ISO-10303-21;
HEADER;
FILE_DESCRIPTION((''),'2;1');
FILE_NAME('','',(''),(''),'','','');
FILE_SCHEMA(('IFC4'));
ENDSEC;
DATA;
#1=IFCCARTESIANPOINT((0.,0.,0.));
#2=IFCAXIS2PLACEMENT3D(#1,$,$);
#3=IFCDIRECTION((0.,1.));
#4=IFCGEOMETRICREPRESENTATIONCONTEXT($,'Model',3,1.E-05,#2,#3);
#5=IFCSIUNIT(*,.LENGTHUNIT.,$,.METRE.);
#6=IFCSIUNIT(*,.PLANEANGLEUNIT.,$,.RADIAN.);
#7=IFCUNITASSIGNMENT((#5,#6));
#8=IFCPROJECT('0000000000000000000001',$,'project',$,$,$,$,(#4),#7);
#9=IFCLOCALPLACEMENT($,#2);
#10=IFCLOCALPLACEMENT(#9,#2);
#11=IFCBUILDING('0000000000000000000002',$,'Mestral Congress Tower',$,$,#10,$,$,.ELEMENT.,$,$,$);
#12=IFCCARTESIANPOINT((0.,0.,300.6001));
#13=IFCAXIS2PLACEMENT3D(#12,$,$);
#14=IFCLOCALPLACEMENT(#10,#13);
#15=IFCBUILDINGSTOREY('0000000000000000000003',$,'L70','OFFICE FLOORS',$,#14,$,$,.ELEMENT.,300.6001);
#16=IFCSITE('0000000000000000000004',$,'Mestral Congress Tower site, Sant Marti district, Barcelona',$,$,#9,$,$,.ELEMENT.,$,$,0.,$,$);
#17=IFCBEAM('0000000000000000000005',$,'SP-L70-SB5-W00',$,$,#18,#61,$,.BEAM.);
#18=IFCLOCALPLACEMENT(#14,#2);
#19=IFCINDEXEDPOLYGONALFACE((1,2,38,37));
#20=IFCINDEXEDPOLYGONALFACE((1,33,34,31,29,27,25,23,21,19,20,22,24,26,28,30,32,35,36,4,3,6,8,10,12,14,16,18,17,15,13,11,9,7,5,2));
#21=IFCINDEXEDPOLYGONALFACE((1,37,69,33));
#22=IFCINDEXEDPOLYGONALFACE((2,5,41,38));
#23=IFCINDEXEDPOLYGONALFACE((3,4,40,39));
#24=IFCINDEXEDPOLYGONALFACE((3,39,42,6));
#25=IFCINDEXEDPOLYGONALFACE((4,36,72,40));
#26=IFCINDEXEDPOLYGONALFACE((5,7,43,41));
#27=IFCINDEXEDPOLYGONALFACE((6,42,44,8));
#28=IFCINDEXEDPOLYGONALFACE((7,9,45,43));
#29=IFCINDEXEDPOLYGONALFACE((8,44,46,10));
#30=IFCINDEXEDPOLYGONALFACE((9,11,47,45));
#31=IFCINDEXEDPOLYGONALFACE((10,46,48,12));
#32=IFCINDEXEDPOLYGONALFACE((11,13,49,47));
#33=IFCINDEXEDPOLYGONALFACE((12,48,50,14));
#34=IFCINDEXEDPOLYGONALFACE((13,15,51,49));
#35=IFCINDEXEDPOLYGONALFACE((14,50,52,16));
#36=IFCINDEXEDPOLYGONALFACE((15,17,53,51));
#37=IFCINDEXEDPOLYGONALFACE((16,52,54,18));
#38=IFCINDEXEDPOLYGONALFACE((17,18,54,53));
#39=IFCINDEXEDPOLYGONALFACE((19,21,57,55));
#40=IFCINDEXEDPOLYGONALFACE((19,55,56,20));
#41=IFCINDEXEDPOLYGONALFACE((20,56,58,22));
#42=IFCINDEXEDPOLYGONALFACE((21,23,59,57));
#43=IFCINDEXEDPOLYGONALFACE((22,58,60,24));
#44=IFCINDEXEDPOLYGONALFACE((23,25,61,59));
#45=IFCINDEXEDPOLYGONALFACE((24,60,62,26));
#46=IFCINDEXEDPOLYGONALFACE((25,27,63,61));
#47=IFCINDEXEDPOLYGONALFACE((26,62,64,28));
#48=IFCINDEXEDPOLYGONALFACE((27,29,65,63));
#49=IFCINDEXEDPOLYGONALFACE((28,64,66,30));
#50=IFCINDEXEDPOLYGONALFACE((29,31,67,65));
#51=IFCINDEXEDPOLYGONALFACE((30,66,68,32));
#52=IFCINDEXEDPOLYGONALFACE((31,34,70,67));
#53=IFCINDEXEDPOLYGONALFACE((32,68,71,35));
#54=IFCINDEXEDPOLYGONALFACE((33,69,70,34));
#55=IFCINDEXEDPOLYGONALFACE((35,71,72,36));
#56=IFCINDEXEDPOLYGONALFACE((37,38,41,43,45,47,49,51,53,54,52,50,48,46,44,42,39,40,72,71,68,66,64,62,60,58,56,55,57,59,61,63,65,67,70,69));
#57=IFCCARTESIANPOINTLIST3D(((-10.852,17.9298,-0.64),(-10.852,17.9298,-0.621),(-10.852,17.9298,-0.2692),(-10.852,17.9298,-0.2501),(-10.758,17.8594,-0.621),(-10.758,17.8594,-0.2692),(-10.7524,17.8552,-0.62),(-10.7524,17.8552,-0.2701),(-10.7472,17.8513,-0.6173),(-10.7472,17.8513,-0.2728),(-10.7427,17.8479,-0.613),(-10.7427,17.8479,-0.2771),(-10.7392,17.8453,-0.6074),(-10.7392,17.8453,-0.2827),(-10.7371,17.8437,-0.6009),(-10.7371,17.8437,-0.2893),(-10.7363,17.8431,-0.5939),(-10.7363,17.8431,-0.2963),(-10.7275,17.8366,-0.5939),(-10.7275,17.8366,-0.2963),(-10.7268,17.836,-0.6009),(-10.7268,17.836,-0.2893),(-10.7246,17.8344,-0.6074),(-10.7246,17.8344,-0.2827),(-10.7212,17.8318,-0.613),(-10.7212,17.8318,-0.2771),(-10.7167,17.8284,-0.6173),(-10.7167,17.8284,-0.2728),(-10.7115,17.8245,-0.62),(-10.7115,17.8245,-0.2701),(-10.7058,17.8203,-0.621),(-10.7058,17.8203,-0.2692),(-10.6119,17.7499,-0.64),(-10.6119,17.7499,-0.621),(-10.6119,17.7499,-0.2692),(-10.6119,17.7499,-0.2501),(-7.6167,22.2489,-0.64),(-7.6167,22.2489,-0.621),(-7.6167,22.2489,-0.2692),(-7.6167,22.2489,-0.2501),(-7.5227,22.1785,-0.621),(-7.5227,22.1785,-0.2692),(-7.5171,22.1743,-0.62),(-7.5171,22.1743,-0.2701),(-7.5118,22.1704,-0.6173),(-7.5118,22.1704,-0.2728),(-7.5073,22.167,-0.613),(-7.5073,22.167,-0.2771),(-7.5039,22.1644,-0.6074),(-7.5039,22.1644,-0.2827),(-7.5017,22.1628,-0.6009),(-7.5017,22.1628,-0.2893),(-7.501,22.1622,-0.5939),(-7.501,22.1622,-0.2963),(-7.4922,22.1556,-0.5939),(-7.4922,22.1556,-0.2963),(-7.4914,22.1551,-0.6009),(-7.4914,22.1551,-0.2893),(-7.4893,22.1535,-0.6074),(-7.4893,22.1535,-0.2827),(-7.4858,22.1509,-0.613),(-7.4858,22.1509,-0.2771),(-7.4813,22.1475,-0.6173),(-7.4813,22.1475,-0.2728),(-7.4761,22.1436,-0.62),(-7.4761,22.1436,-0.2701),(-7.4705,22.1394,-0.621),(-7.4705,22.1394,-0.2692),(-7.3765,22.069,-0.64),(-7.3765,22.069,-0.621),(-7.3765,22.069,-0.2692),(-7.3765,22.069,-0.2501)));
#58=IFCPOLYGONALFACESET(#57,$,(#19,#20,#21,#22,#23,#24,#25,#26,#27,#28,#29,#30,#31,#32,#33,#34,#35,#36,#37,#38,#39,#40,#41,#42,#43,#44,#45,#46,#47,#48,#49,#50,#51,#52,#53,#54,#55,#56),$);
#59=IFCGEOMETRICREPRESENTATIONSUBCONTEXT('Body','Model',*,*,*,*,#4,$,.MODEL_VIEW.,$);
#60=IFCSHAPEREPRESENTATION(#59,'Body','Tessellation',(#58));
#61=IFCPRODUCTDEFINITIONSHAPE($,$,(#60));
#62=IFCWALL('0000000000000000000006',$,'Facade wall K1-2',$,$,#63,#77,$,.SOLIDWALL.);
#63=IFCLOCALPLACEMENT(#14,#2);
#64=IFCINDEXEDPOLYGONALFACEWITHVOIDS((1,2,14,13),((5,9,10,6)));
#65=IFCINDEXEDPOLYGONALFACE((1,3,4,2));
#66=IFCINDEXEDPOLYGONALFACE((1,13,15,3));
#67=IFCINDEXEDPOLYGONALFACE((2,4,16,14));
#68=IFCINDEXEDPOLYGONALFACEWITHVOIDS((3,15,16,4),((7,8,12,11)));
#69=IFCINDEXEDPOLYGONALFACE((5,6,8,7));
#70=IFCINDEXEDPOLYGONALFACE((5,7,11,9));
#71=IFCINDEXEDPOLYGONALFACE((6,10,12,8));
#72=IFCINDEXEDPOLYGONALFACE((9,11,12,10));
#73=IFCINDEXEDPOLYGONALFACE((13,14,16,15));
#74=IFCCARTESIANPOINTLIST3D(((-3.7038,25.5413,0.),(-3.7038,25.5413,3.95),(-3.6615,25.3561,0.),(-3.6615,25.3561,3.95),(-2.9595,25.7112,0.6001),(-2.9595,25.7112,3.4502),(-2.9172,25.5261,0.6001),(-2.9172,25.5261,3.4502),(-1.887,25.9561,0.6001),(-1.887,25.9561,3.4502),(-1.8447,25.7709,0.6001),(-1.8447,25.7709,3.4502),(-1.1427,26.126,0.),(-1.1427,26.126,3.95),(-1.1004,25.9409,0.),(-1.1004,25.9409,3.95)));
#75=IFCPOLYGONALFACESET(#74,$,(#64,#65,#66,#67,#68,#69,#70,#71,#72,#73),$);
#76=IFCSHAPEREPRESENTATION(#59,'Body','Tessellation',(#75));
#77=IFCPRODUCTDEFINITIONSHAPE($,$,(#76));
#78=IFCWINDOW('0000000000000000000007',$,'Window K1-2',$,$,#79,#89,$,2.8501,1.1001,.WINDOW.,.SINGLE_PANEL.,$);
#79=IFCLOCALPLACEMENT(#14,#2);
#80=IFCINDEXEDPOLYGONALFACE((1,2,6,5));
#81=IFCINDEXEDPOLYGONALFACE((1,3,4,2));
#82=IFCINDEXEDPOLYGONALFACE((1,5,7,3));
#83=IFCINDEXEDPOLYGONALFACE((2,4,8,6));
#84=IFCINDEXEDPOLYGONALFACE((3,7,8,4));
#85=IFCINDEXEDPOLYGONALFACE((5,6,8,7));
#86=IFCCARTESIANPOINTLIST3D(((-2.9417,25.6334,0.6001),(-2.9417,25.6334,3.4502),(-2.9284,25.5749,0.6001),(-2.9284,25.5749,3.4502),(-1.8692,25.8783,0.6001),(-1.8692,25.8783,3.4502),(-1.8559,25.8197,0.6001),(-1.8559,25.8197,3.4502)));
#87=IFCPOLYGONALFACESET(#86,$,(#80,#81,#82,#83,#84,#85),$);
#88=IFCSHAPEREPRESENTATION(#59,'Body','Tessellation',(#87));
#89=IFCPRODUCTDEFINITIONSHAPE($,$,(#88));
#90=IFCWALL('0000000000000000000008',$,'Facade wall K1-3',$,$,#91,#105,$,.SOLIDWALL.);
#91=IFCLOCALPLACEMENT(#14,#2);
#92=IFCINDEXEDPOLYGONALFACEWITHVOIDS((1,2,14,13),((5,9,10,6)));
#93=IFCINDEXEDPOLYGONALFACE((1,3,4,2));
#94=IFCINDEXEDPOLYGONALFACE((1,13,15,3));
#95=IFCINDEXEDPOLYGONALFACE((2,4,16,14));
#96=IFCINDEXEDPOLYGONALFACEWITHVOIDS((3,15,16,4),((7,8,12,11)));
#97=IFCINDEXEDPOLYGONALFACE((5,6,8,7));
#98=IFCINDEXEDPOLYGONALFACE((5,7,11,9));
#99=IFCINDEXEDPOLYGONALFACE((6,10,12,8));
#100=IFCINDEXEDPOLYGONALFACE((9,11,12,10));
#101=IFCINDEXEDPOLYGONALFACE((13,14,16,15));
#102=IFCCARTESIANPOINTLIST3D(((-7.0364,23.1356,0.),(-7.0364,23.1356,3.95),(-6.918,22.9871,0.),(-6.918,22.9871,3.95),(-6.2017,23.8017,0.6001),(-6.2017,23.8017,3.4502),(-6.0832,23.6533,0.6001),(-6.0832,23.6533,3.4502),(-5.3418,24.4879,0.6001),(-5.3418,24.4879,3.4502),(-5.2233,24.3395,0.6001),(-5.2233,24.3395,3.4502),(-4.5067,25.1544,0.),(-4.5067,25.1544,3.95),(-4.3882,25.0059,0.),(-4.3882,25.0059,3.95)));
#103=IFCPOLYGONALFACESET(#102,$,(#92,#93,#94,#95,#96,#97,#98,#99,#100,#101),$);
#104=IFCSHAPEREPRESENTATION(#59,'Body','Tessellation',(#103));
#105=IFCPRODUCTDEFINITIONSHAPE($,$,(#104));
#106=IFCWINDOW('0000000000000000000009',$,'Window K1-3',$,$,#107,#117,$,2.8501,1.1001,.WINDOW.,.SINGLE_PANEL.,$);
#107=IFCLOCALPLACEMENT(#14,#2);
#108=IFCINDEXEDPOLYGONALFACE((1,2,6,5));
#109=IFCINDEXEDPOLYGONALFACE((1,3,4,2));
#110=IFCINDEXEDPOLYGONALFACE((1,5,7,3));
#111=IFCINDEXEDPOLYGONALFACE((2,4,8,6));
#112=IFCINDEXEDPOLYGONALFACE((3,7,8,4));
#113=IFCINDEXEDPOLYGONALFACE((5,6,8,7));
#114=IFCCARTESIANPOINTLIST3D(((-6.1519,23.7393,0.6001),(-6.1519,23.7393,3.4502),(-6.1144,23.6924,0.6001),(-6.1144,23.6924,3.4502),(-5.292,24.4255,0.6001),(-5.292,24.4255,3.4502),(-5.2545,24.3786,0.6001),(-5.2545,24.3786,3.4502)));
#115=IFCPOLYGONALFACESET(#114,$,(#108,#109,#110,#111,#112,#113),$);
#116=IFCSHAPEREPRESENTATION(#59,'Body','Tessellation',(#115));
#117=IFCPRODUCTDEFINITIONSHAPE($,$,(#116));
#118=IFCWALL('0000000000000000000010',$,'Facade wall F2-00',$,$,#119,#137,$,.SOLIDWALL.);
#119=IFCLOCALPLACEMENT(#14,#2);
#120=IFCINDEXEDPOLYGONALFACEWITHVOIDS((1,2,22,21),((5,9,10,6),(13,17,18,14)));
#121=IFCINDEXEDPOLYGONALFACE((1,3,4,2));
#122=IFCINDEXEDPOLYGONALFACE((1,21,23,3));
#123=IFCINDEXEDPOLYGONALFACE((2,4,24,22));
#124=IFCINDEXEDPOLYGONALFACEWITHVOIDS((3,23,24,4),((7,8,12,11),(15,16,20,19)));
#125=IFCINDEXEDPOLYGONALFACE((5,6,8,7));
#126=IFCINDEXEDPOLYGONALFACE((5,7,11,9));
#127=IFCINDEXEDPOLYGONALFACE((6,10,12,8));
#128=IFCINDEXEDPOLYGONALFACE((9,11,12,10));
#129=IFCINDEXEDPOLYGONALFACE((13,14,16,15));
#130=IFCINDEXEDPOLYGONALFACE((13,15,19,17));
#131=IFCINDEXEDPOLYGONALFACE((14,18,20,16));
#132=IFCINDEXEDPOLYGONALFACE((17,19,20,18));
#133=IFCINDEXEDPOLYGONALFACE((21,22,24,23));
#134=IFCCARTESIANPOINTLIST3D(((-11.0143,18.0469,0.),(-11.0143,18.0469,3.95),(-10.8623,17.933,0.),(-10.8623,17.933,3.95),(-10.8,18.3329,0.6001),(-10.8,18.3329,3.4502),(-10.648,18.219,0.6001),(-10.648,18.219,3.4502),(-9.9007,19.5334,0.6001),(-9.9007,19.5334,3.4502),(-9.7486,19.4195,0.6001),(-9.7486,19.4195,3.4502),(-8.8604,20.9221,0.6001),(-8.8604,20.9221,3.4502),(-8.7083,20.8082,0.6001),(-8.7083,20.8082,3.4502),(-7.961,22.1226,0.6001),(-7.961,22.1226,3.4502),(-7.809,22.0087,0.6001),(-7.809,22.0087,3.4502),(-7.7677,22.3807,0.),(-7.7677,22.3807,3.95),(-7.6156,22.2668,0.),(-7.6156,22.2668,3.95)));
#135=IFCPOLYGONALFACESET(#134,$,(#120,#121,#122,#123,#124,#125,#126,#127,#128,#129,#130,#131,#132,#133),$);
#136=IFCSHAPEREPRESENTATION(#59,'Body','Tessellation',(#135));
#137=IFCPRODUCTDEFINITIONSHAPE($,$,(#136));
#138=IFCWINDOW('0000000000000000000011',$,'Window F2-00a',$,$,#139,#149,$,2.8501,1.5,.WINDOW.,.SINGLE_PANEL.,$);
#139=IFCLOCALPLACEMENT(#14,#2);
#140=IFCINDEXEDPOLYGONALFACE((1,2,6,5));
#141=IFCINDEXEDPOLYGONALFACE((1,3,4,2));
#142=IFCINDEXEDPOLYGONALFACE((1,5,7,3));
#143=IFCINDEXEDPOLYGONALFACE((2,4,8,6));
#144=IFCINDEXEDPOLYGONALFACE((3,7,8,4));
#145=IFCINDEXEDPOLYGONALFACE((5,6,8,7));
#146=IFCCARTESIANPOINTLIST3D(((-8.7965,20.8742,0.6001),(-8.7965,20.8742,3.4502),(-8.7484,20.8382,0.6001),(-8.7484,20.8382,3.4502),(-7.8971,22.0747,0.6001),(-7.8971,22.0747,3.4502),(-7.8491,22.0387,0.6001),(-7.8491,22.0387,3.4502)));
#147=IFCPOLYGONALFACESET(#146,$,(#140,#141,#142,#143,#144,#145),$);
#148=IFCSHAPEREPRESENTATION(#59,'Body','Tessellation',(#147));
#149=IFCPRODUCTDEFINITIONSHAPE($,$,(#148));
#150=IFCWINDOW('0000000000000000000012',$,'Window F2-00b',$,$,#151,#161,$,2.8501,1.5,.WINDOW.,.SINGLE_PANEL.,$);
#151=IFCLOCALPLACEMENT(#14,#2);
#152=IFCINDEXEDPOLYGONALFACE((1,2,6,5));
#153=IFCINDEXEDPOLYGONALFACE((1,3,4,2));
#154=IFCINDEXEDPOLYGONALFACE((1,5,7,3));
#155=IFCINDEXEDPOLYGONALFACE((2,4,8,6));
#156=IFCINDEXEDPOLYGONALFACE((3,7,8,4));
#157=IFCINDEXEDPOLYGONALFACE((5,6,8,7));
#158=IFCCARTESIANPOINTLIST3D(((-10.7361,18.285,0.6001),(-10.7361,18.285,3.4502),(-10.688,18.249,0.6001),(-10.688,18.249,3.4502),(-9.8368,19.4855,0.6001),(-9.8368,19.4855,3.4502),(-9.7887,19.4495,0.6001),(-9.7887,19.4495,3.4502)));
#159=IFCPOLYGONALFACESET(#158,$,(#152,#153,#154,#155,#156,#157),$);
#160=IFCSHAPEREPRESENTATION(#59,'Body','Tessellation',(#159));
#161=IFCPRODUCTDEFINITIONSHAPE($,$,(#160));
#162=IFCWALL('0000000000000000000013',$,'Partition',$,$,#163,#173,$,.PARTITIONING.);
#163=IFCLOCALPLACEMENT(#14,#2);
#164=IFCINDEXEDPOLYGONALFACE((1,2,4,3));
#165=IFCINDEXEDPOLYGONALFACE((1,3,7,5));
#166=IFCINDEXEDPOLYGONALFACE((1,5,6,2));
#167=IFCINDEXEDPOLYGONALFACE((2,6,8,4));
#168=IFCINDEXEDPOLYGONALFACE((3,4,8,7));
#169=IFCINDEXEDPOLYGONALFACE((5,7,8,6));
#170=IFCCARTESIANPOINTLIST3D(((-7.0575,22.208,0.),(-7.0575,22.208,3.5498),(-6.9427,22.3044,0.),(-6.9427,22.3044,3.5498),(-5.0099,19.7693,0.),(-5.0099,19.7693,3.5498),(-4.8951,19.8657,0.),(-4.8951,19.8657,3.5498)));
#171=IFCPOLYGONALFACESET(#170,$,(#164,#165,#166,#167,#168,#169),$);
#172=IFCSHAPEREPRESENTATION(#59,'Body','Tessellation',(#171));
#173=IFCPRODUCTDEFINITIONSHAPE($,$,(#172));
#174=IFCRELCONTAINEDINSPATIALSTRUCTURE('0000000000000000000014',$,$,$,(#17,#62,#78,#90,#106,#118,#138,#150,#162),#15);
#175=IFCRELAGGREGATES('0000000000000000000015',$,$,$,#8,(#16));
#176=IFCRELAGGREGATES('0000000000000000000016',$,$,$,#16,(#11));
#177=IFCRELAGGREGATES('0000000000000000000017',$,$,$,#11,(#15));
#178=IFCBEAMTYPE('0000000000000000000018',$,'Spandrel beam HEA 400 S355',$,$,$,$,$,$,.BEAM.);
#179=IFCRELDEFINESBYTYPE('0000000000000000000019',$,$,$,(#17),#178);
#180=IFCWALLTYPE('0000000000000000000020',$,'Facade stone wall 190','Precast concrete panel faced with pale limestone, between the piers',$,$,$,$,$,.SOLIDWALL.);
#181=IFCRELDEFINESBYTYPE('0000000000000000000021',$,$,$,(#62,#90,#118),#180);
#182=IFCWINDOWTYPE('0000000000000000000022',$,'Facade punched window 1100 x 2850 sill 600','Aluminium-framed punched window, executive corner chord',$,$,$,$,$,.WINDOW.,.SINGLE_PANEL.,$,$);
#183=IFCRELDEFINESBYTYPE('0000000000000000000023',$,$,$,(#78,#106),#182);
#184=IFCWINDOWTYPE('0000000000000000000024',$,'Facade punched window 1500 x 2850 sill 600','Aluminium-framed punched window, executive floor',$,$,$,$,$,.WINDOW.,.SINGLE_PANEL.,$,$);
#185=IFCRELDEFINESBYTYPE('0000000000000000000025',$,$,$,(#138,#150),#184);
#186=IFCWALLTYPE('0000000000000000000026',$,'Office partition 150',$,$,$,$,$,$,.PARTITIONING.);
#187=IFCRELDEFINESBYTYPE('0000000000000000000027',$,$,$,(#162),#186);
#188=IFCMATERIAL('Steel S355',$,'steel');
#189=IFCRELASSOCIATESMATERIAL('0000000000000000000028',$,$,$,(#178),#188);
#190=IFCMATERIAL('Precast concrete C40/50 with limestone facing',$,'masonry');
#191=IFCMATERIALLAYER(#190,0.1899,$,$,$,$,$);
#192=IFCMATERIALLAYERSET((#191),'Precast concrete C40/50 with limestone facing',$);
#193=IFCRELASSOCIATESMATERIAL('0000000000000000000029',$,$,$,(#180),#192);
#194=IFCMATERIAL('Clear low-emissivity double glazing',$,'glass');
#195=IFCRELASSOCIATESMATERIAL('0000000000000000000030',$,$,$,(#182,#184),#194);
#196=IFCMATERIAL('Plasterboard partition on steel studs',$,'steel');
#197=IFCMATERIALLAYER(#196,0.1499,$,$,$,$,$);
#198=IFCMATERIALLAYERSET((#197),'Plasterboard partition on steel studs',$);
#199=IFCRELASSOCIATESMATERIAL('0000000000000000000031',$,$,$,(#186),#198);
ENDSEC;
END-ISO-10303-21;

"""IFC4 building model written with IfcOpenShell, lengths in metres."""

from ifc_helpers import new_model, si_unit, direction, frame, frame_2d, origin, origin_2d, place, context, subcontext, project, spatial, rectangle, i_section, extrude, material, layer, layer_set, material_profile, profile_set, type_object, element, fill, save


model = new_model("IFC4")

# Units and contexts
model_context = context("Model", 3, precision=1e-05, world=origin(), true_north=direction((0.0, 1.0)))
body_context = subcontext(model_context, "Body", "Model", "MODEL_VIEW")
ifc_project = project(units=[si_unit("LENGTHUNIT", "METRE"), si_unit("PLANEANGLEUNIT", "RADIAN")], contexts=[model_context])

# Site, building, storey
site_placement = place(None, origin())
site = spatial("IfcSite", under=ifc_project, at=site_placement, Name="Mestral Congress Tower site, Sant Marti district, Barcelona", CompositionType="ELEMENT", RefElevation=0.0)
building_placement = place(site_placement, origin())
building = spatial("IfcBuilding", under=site, at=building_placement, Name="Mestral Congress Tower", CompositionType="ELEMENT")
storey_placement = place(building_placement, frame((0.0, 0.0, 300.6001)))
storey = spatial("IfcBuildingStorey", under=building, at=storey_placement, Name="L70", Description="OFFICE FLOORS", CompositionType="ELEMENT", Elevation=300.6001)

# Beam
ifc_material_1 = material(Name="Steel S355", Category="steel")
ifc_material_profile_1 = material_profile(ifc_material_1, i_section(OverallWidth=0.3, OverallDepth=0.3899, WebThickness=0.011, FlangeThickness=0.019, FilletRadius=0.0271, at=origin_2d()), Name="HEA 400")
ifc_profile_set_1 = profile_set([ifc_material_profile_1], Name="Steel S355")
beam_type_1 = type_object("IfcBeamType", Name="Spandrel beam HEA 400 S355", PredefinedType="BEAM", material=ifc_profile_set_1)
beam_1_placement = place(storey_placement, frame((-7.4966, 22.1589, -0.4451), z_axis=(-0.599529, -0.800353, 0.0), x_axis=(0.800353, -0.599529, 0.0)))
element("IfcBeam", 1, at=beam_1_placement, inside=storey, type_object=beam_type_1, Name="SP-L70-SB5-W00", PredefinedType="BEAM", context=body_context, shape_type="SweptSolid", body=[
    extrude(i_section(OverallWidth=0.3, OverallDepth=0.3899, WebThickness=0.011, FlangeThickness=0.019, FilletRadius=0.0271, at=origin_2d()), origin(), (0.0, 0.0, 1.0), 5.3965),
])

# Walls, openings, windows
ifc_material_2 = material(Name="Precast concrete C40/50 with limestone facing", Category="masonry")
ifc_layer_1 = layer(ifc_material_2, 0.1899)
ifc_layer_set_1 = layer_set([ifc_layer_1], Name="Precast concrete C40/50 with limestone facing")
wall_type_1 = type_object("IfcWallType", Name="Facade stone wall 190", Description="Precast concrete panel faced with pale limestone, between the piers", PredefinedType="SOLIDWALL", material=ifc_layer_set_1)
wall_1_placement = place(storey_placement, frame((-1.1216, 26.0334, 0.0), z_axis=(0.0, 0.0, 1.0), x_axis=(-0.974913, -0.222585, 0.0)))
wall_1 = element("IfcWall", 2, at=wall_1_placement, inside=storey, type_object=wall_type_1, Name="Facade wall K1-2", PredefinedType="SOLIDWALL", context=body_context, shape_type="SweptSolid", body=[
    extrude(rectangle(XDim=2.627, YDim=0.1899, at=frame_2d((1.3135, 0.0))), origin(), (0.0, 0.0, 1.0), 3.95),
])
opening_1_placement = place(wall_1_placement, frame((0.7634, 0.0, 0.6001)))
opening_1 = element("IfcOpeningElement", 3, at=opening_1_placement, cuts=wall_1, PredefinedType="OPENING", context=body_context, shape_type="SweptSolid", body=[
    extrude(rectangle(XDim=1.1001, YDim=2.8501, at=frame_2d((0.55, 1.425))), frame((0.0, 0.105, 0.0), z_axis=(0.0, -1.0, 0.0), x_axis=(1.0, 0.0, 0.0)), (0.0, 0.0, 1.0), 0.21),
])
ifc_material_3 = material(Name="Clear low-emissivity double glazing", Category="glass")
window_type_1 = type_object("IfcWindowType", Name="Facade punched window 1100 x 2850 sill 600", Description="Aluminium-framed punched window, executive corner chord", PartitioningType="SINGLE_PANEL", PredefinedType="WINDOW", material=ifc_material_3)
window_1_placement = place(opening_1_placement, origin())
window_1 = element("IfcWindow", 4, at=window_1_placement, inside=storey, type_object=window_type_1, Name="Window K1-2", OverallHeight=2.8501, OverallWidth=1.1001, PartitioningType="SINGLE_PANEL", PredefinedType="WINDOW", context=body_context, shape_type="SweptSolid", body=[
    extrude(rectangle(XDim=1.1001, YDim=2.8501, at=frame_2d((0.55, 1.425))), frame((0.0, 0.0449, 0.0), z_axis=(0.0, -1.0, 0.0), x_axis=(1.0, 0.0, 0.0)), (0.0, 0.0, 1.0), 0.0601),
])
fill(opening_1, window_1)
wall_2_placement = place(storey_placement, frame((-4.4475, 25.0801, 0.0), z_axis=(0.0, 0.0, 1.0), x_axis=(-0.781626, -0.623747, 0.0)))
wall_2 = element("IfcWall", 5, at=wall_2_placement, inside=storey, type_object=wall_type_1, Name="Facade wall K1-3", PredefinedType="SOLIDWALL", context=body_context, shape_type="SweptSolid", body=[
    extrude(rectangle(XDim=3.2366, YDim=0.1899, at=frame_2d((1.6182, 0.0))), origin(), (0.0, 0.0, 1.0), 3.95),
])
opening_2_placement = place(wall_2_placement, frame((1.0684, 0.0, 0.6001)))
opening_2 = element("IfcOpeningElement", 6, at=opening_2_placement, cuts=wall_2, PredefinedType="OPENING", context=body_context, shape_type="SweptSolid", body=[
    extrude(rectangle(XDim=1.1001, YDim=2.8501, at=frame_2d((0.55, 1.425))), frame((0.0, 0.105, 0.0), z_axis=(0.0, -1.0, 0.0), x_axis=(1.0, 0.0, 0.0)), (0.0, 0.0, 1.0), 0.21),
])
window_2_placement = place(opening_2_placement, origin())
window_2 = element("IfcWindow", 7, at=window_2_placement, inside=storey, type_object=window_type_1, Name="Window K1-3", OverallHeight=2.8501, OverallWidth=1.1001, PartitioningType="SINGLE_PANEL", PredefinedType="WINDOW", context=body_context, shape_type="SweptSolid", body=[
    extrude(rectangle(XDim=1.1001, YDim=2.8501, at=frame_2d((0.55, 1.425))), frame((0.0, 0.0449, 0.0), z_axis=(0.0, -1.0, 0.0), x_axis=(1.0, 0.0, 0.0)), (0.0, 0.0, 1.0), 0.0601),
])
fill(opening_2, window_2)

# Wall, openings, windows
wall_3_placement = place(storey_placement, frame((-7.6917, 22.3237, 0.0), z_axis=(0.0, 0.0, 1.0), x_axis=(-0.59956, -0.80033, 0.0)))
wall_3 = element("IfcWall", 8, at=wall_3_placement, inside=storey, type_object=wall_type_1, Name="Facade wall F2-00", PredefinedType="SOLIDWALL", context=body_context, shape_type="SweptSolid", body=[
    extrude(rectangle(XDim=5.415, YDim=0.1899, at=frame_2d((2.7075, 0.0))), origin(), (0.0, 0.0, 1.0), 3.95),
])
opening_3_placement = place(wall_3_placement, frame((0.3225, 0.0, 0.6001)))
opening_3 = element("IfcOpeningElement", 9, at=opening_3_placement, cuts=wall_3, PredefinedType="OPENING", context=body_context, shape_type="SweptSolid", body=[
    extrude(rectangle(XDim=1.5, YDim=2.8501, at=frame_2d((0.75, 1.425))), frame((0.0, 0.105, 0.0), z_axis=(0.0, -1.0, 0.0), x_axis=(1.0, 0.0, 0.0)), (0.0, 0.0, 1.0), 0.21),
])
opening_4_placement = place(wall_3_placement, frame((3.5576, 0.0, 0.6001)))
opening_4 = element("IfcOpeningElement", 10, at=opening_4_placement, cuts=wall_3, PredefinedType="OPENING", context=body_context, shape_type="SweptSolid", body=[
    extrude(rectangle(XDim=1.5, YDim=2.8501, at=frame_2d((0.75, 1.425))), frame((0.0, 0.105, 0.0), z_axis=(0.0, -1.0, 0.0), x_axis=(1.0, 0.0, 0.0)), (0.0, 0.0, 1.0), 0.21),
])
window_type_2 = type_object("IfcWindowType", Name="Facade punched window 1500 x 2850 sill 600", Description="Aluminium-framed punched window, executive floor", PartitioningType="SINGLE_PANEL", PredefinedType="WINDOW", material=ifc_material_3)
window_3_placement = place(opening_3_placement, origin())
window_3 = element("IfcWindow", 11, at=window_3_placement, inside=storey, type_object=window_type_2, Name="Window F2-00a", OverallHeight=2.8501, OverallWidth=1.5, PartitioningType="SINGLE_PANEL", PredefinedType="WINDOW", context=body_context, shape_type="SweptSolid", body=[
    extrude(rectangle(XDim=1.5, YDim=2.8501, at=frame_2d((0.75, 1.425))), frame((0.0, 0.0449, 0.0), z_axis=(0.0, -1.0, 0.0), x_axis=(1.0, 0.0, 0.0)), (0.0, 0.0, 1.0), 0.0601),
])
fill(opening_3, window_3)
window_4_placement = place(opening_4_placement, origin())
window_4 = element("IfcWindow", 12, at=window_4_placement, inside=storey, type_object=window_type_2, Name="Window F2-00b", OverallHeight=2.8501, OverallWidth=1.5, PartitioningType="SINGLE_PANEL", PredefinedType="WINDOW", context=body_context, shape_type="SweptSolid", body=[
    extrude(rectangle(XDim=1.5, YDim=2.8501, at=frame_2d((0.75, 1.425))), frame((0.0, 0.0449, 0.0), z_axis=(0.0, -1.0, 0.0), x_axis=(1.0, 0.0, 0.0)), (0.0, 0.0, 1.0), 0.0601),
])
fill(opening_4, window_4)

# Wall
ifc_material_4 = material(Name="Plasterboard partition on steel studs", Category="steel")
ifc_layer_2 = layer(ifc_material_4, 0.1499)
ifc_layer_set_2 = layer_set([ifc_layer_2], Name="Plasterboard partition on steel studs")
wall_type_2 = type_object("IfcWallType", Name="Office partition 150", PredefinedType="PARTITIONING", material=ifc_layer_set_2)
wall_4_placement = place(storey_placement, frame((-4.9524, 19.8174, 0.0), z_axis=(0.0, 0.0, 1.0), x_axis=(-0.643023, 0.765847, 0.0)))
element("IfcWall", 13, at=wall_4_placement, inside=storey, type_object=wall_type_2, Name="Partition", PredefinedType="PARTITIONING", context=body_context, shape_type="SweptSolid", body=[
    extrude(rectangle(XDim=3.1843, YDim=0.1499, at=frame_2d((1.5923, 0.0))), origin(), (0.0, 0.0, 1.0), 3.5498),
])

save(model, "model.ifc")
